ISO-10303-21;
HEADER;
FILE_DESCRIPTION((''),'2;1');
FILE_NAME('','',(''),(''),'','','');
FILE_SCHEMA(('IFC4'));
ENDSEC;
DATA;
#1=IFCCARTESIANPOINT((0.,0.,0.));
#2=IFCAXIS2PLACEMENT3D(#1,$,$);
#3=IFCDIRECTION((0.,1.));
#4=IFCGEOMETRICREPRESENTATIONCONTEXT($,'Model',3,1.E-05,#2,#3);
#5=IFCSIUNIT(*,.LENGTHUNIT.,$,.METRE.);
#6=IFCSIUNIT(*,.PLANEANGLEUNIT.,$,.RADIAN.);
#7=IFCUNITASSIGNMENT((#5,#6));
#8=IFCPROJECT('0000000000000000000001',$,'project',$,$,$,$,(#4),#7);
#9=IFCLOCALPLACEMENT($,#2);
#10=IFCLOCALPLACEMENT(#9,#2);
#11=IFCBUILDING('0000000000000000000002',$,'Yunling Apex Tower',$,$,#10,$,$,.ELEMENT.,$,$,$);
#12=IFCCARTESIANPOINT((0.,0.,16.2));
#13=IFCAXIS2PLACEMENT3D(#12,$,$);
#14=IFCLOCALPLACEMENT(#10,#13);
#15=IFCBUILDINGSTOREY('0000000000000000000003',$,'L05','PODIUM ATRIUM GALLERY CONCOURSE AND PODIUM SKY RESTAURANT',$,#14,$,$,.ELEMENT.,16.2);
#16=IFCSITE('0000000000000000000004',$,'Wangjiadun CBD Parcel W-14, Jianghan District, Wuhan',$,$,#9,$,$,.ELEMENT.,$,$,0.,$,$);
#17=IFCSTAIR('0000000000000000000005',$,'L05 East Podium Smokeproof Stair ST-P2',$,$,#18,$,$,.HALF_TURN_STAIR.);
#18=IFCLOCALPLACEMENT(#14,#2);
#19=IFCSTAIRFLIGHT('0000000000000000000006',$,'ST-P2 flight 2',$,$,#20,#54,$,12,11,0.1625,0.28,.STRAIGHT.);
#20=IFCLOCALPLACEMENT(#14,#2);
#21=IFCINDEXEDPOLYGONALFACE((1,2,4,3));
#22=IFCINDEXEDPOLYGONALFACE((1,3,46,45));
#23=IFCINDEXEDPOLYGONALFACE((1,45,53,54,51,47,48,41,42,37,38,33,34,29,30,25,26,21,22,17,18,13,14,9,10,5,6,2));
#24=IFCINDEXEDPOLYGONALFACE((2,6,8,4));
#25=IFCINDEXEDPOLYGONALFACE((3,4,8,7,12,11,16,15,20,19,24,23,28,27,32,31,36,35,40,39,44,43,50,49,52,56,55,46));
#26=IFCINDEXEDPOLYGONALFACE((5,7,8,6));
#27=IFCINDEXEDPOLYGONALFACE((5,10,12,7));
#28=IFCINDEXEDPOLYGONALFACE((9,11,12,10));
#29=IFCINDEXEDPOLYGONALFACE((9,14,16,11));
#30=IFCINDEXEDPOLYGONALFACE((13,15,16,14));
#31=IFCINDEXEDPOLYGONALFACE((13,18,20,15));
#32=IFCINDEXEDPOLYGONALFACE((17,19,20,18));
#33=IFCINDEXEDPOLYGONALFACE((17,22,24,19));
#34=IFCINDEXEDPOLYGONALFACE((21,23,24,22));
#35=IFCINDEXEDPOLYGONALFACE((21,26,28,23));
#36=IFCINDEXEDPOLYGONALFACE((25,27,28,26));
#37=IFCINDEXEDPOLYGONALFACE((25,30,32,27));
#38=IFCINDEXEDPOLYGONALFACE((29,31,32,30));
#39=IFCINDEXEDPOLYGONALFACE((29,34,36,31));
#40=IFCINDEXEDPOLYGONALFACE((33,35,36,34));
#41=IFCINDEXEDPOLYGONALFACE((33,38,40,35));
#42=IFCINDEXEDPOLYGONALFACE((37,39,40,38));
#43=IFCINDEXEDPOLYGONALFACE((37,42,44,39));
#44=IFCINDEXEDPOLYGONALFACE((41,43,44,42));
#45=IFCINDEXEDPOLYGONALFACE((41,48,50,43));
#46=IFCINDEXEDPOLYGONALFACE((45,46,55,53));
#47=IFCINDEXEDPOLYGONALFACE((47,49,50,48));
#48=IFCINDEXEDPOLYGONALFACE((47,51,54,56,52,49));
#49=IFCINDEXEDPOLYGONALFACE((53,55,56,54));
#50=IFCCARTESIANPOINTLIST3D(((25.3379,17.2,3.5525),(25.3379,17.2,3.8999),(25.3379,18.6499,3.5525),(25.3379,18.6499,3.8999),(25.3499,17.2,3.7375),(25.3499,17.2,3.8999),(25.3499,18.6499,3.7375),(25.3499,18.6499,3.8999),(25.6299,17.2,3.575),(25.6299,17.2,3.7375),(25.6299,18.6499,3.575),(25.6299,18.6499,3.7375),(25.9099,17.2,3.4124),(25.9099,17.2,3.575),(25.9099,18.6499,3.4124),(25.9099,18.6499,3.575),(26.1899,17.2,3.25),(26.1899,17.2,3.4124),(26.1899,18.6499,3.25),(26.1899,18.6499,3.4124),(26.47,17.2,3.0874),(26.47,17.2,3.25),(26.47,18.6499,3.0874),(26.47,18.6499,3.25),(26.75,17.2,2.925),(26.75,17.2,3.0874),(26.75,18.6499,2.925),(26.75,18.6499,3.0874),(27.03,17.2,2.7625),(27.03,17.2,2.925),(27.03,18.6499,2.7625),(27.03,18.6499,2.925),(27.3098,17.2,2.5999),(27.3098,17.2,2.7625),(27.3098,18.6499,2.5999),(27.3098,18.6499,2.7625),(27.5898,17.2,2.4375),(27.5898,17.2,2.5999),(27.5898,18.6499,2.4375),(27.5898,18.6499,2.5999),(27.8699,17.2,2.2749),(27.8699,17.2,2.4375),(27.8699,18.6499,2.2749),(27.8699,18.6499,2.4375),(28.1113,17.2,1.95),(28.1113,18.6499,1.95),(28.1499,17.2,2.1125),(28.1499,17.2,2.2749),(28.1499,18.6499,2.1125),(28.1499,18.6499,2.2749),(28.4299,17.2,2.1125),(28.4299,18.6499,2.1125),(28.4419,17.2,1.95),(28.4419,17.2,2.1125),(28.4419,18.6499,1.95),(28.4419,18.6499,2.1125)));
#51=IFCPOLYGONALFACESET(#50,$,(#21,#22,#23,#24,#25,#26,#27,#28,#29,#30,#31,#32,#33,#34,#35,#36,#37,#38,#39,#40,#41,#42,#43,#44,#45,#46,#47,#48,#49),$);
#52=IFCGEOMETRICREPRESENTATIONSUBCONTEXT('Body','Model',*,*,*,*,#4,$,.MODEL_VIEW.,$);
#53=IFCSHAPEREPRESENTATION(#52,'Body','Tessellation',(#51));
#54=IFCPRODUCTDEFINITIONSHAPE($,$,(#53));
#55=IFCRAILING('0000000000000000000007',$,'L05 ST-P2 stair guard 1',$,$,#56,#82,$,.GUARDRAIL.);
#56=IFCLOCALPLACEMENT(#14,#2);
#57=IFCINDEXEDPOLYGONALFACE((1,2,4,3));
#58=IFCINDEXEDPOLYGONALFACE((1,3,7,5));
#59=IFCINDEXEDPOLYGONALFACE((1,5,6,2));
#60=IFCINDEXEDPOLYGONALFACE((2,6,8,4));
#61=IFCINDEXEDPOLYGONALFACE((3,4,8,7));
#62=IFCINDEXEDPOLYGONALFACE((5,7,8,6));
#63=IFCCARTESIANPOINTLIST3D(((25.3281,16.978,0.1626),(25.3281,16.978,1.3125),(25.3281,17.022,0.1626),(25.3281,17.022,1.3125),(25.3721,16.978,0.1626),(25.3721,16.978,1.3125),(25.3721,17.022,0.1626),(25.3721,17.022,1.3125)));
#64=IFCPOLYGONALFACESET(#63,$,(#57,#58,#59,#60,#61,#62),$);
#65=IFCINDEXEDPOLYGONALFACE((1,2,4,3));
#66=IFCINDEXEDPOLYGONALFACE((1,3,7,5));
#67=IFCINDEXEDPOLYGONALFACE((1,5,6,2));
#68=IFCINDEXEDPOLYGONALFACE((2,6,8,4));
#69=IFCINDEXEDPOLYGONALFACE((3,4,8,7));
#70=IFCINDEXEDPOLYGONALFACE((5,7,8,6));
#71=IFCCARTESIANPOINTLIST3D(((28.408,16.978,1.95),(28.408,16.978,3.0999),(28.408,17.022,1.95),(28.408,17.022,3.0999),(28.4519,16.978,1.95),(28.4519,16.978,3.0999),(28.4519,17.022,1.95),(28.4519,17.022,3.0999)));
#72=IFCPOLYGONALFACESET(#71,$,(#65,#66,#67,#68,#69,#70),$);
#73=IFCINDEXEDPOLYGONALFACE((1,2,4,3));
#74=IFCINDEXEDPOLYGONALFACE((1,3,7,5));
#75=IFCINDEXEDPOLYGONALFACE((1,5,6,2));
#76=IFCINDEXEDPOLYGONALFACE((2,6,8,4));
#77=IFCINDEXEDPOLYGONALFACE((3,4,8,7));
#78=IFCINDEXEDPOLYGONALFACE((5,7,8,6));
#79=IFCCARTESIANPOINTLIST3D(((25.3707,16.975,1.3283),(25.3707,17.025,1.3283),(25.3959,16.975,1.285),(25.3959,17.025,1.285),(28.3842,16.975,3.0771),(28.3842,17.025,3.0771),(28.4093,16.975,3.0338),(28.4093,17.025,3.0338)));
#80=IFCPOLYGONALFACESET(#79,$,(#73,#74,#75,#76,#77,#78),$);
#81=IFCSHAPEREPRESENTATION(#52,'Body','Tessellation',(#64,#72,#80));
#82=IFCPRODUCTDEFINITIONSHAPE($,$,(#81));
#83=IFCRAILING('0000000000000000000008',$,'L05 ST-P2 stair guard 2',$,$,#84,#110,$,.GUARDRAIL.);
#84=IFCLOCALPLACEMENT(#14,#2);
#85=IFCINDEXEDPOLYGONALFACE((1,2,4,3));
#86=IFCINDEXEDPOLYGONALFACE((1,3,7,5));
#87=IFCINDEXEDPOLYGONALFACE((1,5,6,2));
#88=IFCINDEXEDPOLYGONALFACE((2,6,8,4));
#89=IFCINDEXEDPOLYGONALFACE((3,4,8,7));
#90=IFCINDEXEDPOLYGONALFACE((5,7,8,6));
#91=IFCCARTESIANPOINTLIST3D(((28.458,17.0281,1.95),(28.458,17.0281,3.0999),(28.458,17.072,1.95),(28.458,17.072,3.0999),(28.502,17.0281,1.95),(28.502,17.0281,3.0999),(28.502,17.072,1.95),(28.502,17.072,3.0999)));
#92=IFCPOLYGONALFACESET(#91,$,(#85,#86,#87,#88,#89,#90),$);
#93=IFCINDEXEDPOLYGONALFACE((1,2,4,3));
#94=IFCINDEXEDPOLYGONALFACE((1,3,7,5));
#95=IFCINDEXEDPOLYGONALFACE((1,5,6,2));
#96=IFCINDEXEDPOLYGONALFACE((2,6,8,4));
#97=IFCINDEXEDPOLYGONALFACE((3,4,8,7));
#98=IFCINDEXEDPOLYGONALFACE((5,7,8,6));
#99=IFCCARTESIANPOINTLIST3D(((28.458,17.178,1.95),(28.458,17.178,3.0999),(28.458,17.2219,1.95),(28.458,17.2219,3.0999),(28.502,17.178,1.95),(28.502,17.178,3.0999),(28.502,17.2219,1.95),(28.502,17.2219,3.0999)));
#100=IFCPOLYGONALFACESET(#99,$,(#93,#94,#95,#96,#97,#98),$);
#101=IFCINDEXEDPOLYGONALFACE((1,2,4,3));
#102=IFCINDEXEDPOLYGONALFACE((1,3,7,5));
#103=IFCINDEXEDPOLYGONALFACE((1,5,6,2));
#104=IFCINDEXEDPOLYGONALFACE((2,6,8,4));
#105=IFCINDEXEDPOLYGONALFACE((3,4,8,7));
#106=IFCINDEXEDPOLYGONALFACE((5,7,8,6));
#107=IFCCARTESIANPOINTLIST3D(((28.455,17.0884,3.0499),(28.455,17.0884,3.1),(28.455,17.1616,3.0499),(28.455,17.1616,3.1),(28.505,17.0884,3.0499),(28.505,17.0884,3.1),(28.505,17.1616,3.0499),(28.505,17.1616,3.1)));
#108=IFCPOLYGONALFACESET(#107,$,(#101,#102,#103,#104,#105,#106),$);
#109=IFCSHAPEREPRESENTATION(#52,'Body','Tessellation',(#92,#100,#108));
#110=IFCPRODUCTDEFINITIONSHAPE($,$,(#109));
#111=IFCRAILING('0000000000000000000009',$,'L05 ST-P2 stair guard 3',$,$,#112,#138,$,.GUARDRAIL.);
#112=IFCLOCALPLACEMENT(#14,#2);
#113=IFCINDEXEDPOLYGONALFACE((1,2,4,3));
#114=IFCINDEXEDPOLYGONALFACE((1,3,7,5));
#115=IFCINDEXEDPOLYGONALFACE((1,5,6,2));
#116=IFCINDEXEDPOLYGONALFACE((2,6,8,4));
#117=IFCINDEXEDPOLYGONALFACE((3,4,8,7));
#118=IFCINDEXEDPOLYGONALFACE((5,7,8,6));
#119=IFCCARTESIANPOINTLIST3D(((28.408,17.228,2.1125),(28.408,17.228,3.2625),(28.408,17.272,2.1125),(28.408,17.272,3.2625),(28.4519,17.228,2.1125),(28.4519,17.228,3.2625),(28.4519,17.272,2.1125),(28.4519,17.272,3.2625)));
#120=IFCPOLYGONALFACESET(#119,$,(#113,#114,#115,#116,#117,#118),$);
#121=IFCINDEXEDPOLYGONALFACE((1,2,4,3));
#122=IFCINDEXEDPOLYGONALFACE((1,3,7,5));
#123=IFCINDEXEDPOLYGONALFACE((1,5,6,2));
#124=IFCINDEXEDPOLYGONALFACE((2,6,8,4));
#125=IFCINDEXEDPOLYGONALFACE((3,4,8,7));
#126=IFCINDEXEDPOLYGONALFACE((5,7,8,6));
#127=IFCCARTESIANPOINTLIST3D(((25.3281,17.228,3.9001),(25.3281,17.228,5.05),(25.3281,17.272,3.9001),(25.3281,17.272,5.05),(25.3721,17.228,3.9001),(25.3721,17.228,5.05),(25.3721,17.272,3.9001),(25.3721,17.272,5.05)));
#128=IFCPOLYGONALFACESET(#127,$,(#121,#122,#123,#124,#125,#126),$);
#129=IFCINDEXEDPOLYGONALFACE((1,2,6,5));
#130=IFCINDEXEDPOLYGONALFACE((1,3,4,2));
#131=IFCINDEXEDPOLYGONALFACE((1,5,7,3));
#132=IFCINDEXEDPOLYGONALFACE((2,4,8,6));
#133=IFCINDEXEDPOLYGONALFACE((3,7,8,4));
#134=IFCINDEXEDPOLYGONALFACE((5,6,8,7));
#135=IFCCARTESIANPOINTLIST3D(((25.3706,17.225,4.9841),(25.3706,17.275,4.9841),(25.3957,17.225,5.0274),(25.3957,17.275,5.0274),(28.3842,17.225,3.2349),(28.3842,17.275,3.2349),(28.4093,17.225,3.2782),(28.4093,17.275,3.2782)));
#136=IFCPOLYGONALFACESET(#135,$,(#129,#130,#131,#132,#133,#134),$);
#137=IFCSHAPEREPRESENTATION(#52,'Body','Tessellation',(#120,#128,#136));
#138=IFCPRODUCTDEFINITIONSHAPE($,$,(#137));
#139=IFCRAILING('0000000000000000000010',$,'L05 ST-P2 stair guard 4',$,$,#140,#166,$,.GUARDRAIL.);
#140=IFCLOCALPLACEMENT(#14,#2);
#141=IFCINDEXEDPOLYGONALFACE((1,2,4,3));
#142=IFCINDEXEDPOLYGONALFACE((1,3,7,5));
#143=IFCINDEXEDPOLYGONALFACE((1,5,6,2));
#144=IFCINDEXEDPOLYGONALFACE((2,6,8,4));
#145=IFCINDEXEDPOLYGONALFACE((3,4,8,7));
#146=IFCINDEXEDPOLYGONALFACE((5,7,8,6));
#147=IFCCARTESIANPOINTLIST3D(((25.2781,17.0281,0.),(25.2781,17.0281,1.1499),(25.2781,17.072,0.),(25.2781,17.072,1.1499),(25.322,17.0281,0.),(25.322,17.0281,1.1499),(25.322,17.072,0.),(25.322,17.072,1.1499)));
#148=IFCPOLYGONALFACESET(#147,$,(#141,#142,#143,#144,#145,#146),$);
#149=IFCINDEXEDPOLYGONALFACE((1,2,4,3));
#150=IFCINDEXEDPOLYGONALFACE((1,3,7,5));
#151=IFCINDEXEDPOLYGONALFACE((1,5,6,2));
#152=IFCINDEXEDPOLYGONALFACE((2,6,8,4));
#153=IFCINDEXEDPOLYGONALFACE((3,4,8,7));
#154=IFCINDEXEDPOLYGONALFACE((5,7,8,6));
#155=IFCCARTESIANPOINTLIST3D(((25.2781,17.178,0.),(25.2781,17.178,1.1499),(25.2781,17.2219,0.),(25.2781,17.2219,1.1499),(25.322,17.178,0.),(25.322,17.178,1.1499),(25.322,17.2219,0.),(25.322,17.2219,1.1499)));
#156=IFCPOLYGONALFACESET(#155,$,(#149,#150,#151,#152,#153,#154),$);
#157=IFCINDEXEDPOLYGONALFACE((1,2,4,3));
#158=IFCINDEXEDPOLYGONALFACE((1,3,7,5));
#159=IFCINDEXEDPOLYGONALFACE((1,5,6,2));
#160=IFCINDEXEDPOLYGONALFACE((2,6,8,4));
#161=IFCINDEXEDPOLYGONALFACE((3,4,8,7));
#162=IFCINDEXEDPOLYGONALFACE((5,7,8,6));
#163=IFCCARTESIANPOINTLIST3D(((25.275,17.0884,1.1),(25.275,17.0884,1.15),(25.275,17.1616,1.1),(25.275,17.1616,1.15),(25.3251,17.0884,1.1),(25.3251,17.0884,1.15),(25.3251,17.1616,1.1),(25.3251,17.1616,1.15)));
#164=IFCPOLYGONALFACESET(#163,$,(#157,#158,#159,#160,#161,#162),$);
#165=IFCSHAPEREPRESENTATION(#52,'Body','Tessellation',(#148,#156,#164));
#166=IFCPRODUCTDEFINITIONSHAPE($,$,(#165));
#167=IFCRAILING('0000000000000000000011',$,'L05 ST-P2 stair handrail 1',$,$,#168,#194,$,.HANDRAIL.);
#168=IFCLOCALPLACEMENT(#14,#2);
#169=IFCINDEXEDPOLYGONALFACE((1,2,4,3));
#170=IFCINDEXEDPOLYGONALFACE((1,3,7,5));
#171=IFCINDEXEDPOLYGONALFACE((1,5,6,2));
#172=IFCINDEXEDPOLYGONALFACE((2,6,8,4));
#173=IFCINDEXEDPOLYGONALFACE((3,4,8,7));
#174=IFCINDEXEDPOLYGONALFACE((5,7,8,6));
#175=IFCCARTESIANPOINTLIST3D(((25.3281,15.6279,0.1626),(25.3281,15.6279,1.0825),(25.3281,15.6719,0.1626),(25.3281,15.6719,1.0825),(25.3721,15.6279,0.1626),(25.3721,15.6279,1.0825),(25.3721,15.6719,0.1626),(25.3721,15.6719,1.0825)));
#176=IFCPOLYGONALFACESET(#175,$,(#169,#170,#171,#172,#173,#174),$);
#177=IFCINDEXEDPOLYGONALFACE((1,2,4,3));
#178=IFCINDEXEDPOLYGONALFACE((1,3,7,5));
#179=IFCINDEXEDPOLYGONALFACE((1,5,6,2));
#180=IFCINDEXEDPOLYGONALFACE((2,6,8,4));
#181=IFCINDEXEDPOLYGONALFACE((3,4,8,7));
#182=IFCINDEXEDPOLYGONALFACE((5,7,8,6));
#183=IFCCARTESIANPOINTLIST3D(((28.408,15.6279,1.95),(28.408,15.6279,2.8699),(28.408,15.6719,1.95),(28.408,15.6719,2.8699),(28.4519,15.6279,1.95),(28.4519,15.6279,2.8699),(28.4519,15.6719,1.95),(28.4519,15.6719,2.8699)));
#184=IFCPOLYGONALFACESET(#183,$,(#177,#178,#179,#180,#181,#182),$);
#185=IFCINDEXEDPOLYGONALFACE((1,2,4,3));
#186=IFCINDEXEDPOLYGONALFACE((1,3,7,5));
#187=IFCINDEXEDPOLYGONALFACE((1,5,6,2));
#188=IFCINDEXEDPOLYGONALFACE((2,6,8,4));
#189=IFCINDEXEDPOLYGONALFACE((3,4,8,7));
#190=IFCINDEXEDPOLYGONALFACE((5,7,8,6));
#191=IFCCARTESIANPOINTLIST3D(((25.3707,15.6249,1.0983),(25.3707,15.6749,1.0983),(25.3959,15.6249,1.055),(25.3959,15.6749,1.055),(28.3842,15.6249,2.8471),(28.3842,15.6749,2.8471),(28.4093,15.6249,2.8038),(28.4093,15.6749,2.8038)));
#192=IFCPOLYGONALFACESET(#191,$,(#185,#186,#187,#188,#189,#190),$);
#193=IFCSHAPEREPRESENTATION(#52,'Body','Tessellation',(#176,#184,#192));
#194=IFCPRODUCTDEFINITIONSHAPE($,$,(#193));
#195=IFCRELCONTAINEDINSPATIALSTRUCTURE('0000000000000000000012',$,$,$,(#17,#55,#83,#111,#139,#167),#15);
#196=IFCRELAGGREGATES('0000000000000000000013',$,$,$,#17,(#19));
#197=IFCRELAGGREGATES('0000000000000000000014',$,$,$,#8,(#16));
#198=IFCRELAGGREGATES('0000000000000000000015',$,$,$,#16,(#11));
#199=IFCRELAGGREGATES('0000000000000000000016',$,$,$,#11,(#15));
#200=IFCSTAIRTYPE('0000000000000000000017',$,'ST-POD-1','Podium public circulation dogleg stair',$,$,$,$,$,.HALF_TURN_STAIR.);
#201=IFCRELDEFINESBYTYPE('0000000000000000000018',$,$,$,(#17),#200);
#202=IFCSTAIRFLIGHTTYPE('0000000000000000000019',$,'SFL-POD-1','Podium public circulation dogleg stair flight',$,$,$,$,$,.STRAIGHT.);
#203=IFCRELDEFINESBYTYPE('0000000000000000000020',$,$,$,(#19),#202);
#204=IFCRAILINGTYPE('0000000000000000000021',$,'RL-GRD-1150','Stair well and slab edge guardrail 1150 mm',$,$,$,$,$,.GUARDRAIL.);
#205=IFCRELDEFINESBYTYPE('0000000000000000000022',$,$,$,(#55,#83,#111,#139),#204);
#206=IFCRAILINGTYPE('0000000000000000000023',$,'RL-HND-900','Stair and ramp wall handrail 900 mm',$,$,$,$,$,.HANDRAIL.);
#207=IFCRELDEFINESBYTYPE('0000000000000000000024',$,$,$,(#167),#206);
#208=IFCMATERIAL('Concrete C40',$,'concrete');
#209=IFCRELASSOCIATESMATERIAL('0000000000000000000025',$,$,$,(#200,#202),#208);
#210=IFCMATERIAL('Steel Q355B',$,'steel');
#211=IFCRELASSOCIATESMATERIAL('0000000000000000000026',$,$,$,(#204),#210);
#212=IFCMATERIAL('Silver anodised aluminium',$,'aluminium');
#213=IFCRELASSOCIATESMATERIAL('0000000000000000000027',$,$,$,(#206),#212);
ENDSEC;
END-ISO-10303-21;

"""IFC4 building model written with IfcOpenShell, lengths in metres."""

from ifc_helpers import new_model, si_unit, direction, frame, origin, origin_2d, place, context, subcontext, project, spatial, polyline, rectangle, outline, extrude, material, type_object, element, aggregate, save


model = new_model("IFC4")

# Units and contexts
model_context = context("Model", 3, precision=1e-05, world=origin(), true_north=direction((0.0, 1.0)))
body_context = subcontext(model_context, "Body", "Model", "MODEL_VIEW")
ifc_project = project(units=[si_unit("LENGTHUNIT", "METRE"), si_unit("PLANEANGLEUNIT", "RADIAN")], contexts=[model_context])

# Site, building, storey
site_placement = place(None, origin())
site = spatial("IfcSite", under=ifc_project, at=site_placement, Name="Wangjiadun CBD Parcel W-14, Jianghan District, Wuhan", CompositionType="ELEMENT", RefElevation=0.0)
building_placement = place(site_placement, origin())
building = spatial("IfcBuilding", under=site, at=building_placement, Name="Yunling Apex Tower", CompositionType="ELEMENT")
storey_placement = place(building_placement, frame((0.0, 0.0, 16.2)))
storey = spatial("IfcBuildingStorey", under=building, at=storey_placement, Name="L05", Description="PODIUM ATRIUM GALLERY CONCOURSE AND PODIUM SKY RESTAURANT", CompositionType="ELEMENT", Elevation=16.2)

# Shared definitions
ifc_material_1 = material(Name="Steel Q355B", Category="steel")

# Shared definitions
ifc_material_2 = material(Name="Concrete C40", Category="concrete")

# Stair, stair flight
stair_type = type_object("IfcStairType", Name="ST-POD-1", Description="Podium public circulation dogleg stair", PredefinedType="HALF_TURN_STAIR", material=ifc_material_2)
stair_placement = place(storey_placement, origin())
stair = element("IfcStair", 1, at=stair_placement, inside=storey, type_object=stair_type, Name="L05 East Podium Smokeproof Stair ST-P2", PredefinedType="HALF_TURN_STAIR")
stair_flight_type = type_object("IfcStairFlightType", Name="SFL-POD-1", Description="Podium public circulation dogleg stair flight", PredefinedType="STRAIGHT", material=ifc_material_2)
stair_flight_1_placement = place(storey_placement, frame((28.4299, 17.925, 1.95), z_axis=(0.0, 0.0, 1.0), x_axis=(-1.0, 0.0, 0.0)))
stair_flight_1 = element("IfcStairFlight", 2, at=stair_flight_1_placement, type_object=stair_flight_type, Name="ST-P2 flight 2", NumberOfRisers=12, NumberOfTreads=11, PredefinedType="STRAIGHT", RiserHeight=0.1625, TreadLength=0.28, context=body_context, shape_type="SweptSolid", body=[
    extrude(outline(polyline([(-0.012, 0.0), (-0.012, 0.1626), (0.0, 0.1626), (0.28, 0.1626), (0.28, 0.325), (0.5601, 0.325), (0.5601, 0.4875), (0.8401, 0.4875), (0.8401, 0.6499), (1.1201, 0.6499), (1.1201, 0.8125), (1.3999, 0.8125), (1.3999, 0.9751), (1.6799, 0.9751), (1.6799, 1.1375), (1.96, 1.1375), (1.96, 1.3), (2.24, 1.3), (2.24, 1.4624), (2.52, 1.4624), (2.52, 1.625), (2.8, 1.625), (2.8, 1.7876), (3.0801, 1.7876), (3.0801, 1.95), (3.092, 1.95), (3.092, 1.6025), (0.3186, 0.0), (-0.012, 0.0)])), frame((0.0, 0.7251, 0.0), z_axis=(0.0, -1.0, 0.0), x_axis=(1.0, 0.0, 0.0)), (0.0, 0.0, 1.0), 1.45),
])
aggregate(stair, [stair_flight_1])

# Railings
railing_type_1 = type_object("IfcRailingType", Name="RL-GRD-1150", Description="Stair well and slab edge guardrail 1150 mm", PredefinedType="GUARDRAIL", material=ifc_material_1)
railing_1_placement = place(storey_placement, frame((25.3501, 17.0, 0.1626)))
element("IfcRailing", 3, at=railing_1_placement, inside=storey, type_object=railing_type_1, Name="L05 ST-P2 stair guard 1", PredefinedType="GUARDRAIL", context=body_context, shape_type="SweptSolid", body=[
    extrude(rectangle(XDim=0.0439, YDim=0.0439, at=origin_2d()), origin(), (0.0, 0.0, 1.0), 1.1499),
    extrude(rectangle(XDim=0.0439, YDim=0.0439, at=origin_2d()), frame((3.0798, 0.0, 1.7874)), (0.0, 0.0, 1.0), 1.1499),
    extrude(rectangle(XDim=0.05, YDim=0.05, at=origin_2d()), frame((0.0332, 0.0, 1.144), z_axis=(0.864903, 0.0, 0.501939), x_axis=(0.0, 1.0, 0.0)), (0.0, 0.0, 1.0), 3.4841),
])
railing_2_placement = place(storey_placement, frame((28.48, 17.05, 1.95)))
element("IfcRailing", 4, at=railing_2_placement, inside=storey, type_object=railing_type_1, Name="L05 ST-P2 stair guard 2", PredefinedType="GUARDRAIL", context=body_context, shape_type="SweptSolid", body=[
    extrude(rectangle(XDim=0.0439, YDim=0.0439, at=origin_2d()), origin(), (0.0, 0.0, 1.0), 1.1499),
    extrude(rectangle(XDim=0.0439, YDim=0.0439, at=origin_2d()), frame((0.0, 0.1499, 0.0)), (0.0, 0.0, 1.0), 1.1499),
    extrude(rectangle(XDim=0.05, YDim=0.05, at=origin_2d()), frame((0.0, 0.0383, 1.125), z_axis=(0.0, 1.0, 0.0), x_axis=(-1.0, 0.0, 0.0)), (0.0, 0.0, 1.0), 0.0732),
])
railing_3_placement = place(storey_placement, frame((28.4299, 17.25, 2.1125)))
element("IfcRailing", 5, at=railing_3_placement, inside=storey, type_object=railing_type_1, Name="L05 ST-P2 stair guard 3", PredefinedType="GUARDRAIL", context=body_context, shape_type="SweptSolid", body=[
    extrude(rectangle(XDim=0.0439, YDim=0.0439, at=origin_2d()), origin(), (0.0, 0.0, 1.0), 1.1499),
    extrude(rectangle(XDim=0.0439, YDim=0.0439, at=origin_2d()), frame((-3.0798, 0.0, 1.7876)), (0.0, 0.0, 1.0), 1.1499),
    extrude(rectangle(XDim=0.05, YDim=0.05, at=origin_2d()), frame((-0.0332, 0.0, 1.144), z_axis=(-0.864873, 0.0, 0.50199), x_axis=(0.0, -1.0, 0.0)), (0.0, 0.0, 1.0), 3.4844),
])
railing_4_placement = place(storey_placement, frame((25.3, 17.05, 0.0)))
element("IfcRailing", 6, at=railing_4_placement, inside=storey, type_object=railing_type_1, Name="L05 ST-P2 stair guard 4", PredefinedType="GUARDRAIL", context=body_context, shape_type="SweptSolid", body=[
    extrude(rectangle(XDim=0.0439, YDim=0.0439, at=origin_2d()), origin(), (0.0, 0.0, 1.0), 1.1499),
    extrude(rectangle(XDim=0.0439, YDim=0.0439, at=origin_2d()), frame((0.0, 0.1499, 0.0)), (0.0, 0.0, 1.0), 1.1499),
    extrude(rectangle(XDim=0.05, YDim=0.05, at=origin_2d()), frame((0.0, 0.0383, 1.125), z_axis=(0.0, 1.0, 0.0), x_axis=(-1.0, 0.0, 0.0)), (0.0, 0.0, 1.0), 0.0732),
])
ifc_material_3 = material(Name="Silver anodised aluminium", Category="aluminium")
railing_type_2 = type_object("IfcRailingType", Name="RL-HND-900", Description="Stair and ramp wall handrail 900 mm", PredefinedType="HANDRAIL", material=ifc_material_3)
railing_5_placement = place(storey_placement, frame((25.3501, 15.6499, 0.1626)))
element("IfcRailing", 7, at=railing_5_placement, inside=storey, type_object=railing_type_2, Name="L05 ST-P2 stair handrail 1", PredefinedType="HANDRAIL", context=body_context, shape_type="SweptSolid", body=[
    extrude(rectangle(XDim=0.0439, YDim=0.0439, at=origin_2d()), origin(), (0.0, 0.0, 1.0), 0.9199),
    extrude(rectangle(XDim=0.0439, YDim=0.0439, at=origin_2d()), frame((3.0798, 0.0, 1.7874)), (0.0, 0.0, 1.0), 0.9199),
    extrude(rectangle(XDim=0.05, YDim=0.05, at=origin_2d()), frame((0.0332, 0.0, 0.9141), z_axis=(0.864903, 0.0, 0.501939), x_axis=(0.0, 1.0, 0.0)), (0.0, 0.0, 1.0), 3.4841),
])

save(model, "model.ifc")
